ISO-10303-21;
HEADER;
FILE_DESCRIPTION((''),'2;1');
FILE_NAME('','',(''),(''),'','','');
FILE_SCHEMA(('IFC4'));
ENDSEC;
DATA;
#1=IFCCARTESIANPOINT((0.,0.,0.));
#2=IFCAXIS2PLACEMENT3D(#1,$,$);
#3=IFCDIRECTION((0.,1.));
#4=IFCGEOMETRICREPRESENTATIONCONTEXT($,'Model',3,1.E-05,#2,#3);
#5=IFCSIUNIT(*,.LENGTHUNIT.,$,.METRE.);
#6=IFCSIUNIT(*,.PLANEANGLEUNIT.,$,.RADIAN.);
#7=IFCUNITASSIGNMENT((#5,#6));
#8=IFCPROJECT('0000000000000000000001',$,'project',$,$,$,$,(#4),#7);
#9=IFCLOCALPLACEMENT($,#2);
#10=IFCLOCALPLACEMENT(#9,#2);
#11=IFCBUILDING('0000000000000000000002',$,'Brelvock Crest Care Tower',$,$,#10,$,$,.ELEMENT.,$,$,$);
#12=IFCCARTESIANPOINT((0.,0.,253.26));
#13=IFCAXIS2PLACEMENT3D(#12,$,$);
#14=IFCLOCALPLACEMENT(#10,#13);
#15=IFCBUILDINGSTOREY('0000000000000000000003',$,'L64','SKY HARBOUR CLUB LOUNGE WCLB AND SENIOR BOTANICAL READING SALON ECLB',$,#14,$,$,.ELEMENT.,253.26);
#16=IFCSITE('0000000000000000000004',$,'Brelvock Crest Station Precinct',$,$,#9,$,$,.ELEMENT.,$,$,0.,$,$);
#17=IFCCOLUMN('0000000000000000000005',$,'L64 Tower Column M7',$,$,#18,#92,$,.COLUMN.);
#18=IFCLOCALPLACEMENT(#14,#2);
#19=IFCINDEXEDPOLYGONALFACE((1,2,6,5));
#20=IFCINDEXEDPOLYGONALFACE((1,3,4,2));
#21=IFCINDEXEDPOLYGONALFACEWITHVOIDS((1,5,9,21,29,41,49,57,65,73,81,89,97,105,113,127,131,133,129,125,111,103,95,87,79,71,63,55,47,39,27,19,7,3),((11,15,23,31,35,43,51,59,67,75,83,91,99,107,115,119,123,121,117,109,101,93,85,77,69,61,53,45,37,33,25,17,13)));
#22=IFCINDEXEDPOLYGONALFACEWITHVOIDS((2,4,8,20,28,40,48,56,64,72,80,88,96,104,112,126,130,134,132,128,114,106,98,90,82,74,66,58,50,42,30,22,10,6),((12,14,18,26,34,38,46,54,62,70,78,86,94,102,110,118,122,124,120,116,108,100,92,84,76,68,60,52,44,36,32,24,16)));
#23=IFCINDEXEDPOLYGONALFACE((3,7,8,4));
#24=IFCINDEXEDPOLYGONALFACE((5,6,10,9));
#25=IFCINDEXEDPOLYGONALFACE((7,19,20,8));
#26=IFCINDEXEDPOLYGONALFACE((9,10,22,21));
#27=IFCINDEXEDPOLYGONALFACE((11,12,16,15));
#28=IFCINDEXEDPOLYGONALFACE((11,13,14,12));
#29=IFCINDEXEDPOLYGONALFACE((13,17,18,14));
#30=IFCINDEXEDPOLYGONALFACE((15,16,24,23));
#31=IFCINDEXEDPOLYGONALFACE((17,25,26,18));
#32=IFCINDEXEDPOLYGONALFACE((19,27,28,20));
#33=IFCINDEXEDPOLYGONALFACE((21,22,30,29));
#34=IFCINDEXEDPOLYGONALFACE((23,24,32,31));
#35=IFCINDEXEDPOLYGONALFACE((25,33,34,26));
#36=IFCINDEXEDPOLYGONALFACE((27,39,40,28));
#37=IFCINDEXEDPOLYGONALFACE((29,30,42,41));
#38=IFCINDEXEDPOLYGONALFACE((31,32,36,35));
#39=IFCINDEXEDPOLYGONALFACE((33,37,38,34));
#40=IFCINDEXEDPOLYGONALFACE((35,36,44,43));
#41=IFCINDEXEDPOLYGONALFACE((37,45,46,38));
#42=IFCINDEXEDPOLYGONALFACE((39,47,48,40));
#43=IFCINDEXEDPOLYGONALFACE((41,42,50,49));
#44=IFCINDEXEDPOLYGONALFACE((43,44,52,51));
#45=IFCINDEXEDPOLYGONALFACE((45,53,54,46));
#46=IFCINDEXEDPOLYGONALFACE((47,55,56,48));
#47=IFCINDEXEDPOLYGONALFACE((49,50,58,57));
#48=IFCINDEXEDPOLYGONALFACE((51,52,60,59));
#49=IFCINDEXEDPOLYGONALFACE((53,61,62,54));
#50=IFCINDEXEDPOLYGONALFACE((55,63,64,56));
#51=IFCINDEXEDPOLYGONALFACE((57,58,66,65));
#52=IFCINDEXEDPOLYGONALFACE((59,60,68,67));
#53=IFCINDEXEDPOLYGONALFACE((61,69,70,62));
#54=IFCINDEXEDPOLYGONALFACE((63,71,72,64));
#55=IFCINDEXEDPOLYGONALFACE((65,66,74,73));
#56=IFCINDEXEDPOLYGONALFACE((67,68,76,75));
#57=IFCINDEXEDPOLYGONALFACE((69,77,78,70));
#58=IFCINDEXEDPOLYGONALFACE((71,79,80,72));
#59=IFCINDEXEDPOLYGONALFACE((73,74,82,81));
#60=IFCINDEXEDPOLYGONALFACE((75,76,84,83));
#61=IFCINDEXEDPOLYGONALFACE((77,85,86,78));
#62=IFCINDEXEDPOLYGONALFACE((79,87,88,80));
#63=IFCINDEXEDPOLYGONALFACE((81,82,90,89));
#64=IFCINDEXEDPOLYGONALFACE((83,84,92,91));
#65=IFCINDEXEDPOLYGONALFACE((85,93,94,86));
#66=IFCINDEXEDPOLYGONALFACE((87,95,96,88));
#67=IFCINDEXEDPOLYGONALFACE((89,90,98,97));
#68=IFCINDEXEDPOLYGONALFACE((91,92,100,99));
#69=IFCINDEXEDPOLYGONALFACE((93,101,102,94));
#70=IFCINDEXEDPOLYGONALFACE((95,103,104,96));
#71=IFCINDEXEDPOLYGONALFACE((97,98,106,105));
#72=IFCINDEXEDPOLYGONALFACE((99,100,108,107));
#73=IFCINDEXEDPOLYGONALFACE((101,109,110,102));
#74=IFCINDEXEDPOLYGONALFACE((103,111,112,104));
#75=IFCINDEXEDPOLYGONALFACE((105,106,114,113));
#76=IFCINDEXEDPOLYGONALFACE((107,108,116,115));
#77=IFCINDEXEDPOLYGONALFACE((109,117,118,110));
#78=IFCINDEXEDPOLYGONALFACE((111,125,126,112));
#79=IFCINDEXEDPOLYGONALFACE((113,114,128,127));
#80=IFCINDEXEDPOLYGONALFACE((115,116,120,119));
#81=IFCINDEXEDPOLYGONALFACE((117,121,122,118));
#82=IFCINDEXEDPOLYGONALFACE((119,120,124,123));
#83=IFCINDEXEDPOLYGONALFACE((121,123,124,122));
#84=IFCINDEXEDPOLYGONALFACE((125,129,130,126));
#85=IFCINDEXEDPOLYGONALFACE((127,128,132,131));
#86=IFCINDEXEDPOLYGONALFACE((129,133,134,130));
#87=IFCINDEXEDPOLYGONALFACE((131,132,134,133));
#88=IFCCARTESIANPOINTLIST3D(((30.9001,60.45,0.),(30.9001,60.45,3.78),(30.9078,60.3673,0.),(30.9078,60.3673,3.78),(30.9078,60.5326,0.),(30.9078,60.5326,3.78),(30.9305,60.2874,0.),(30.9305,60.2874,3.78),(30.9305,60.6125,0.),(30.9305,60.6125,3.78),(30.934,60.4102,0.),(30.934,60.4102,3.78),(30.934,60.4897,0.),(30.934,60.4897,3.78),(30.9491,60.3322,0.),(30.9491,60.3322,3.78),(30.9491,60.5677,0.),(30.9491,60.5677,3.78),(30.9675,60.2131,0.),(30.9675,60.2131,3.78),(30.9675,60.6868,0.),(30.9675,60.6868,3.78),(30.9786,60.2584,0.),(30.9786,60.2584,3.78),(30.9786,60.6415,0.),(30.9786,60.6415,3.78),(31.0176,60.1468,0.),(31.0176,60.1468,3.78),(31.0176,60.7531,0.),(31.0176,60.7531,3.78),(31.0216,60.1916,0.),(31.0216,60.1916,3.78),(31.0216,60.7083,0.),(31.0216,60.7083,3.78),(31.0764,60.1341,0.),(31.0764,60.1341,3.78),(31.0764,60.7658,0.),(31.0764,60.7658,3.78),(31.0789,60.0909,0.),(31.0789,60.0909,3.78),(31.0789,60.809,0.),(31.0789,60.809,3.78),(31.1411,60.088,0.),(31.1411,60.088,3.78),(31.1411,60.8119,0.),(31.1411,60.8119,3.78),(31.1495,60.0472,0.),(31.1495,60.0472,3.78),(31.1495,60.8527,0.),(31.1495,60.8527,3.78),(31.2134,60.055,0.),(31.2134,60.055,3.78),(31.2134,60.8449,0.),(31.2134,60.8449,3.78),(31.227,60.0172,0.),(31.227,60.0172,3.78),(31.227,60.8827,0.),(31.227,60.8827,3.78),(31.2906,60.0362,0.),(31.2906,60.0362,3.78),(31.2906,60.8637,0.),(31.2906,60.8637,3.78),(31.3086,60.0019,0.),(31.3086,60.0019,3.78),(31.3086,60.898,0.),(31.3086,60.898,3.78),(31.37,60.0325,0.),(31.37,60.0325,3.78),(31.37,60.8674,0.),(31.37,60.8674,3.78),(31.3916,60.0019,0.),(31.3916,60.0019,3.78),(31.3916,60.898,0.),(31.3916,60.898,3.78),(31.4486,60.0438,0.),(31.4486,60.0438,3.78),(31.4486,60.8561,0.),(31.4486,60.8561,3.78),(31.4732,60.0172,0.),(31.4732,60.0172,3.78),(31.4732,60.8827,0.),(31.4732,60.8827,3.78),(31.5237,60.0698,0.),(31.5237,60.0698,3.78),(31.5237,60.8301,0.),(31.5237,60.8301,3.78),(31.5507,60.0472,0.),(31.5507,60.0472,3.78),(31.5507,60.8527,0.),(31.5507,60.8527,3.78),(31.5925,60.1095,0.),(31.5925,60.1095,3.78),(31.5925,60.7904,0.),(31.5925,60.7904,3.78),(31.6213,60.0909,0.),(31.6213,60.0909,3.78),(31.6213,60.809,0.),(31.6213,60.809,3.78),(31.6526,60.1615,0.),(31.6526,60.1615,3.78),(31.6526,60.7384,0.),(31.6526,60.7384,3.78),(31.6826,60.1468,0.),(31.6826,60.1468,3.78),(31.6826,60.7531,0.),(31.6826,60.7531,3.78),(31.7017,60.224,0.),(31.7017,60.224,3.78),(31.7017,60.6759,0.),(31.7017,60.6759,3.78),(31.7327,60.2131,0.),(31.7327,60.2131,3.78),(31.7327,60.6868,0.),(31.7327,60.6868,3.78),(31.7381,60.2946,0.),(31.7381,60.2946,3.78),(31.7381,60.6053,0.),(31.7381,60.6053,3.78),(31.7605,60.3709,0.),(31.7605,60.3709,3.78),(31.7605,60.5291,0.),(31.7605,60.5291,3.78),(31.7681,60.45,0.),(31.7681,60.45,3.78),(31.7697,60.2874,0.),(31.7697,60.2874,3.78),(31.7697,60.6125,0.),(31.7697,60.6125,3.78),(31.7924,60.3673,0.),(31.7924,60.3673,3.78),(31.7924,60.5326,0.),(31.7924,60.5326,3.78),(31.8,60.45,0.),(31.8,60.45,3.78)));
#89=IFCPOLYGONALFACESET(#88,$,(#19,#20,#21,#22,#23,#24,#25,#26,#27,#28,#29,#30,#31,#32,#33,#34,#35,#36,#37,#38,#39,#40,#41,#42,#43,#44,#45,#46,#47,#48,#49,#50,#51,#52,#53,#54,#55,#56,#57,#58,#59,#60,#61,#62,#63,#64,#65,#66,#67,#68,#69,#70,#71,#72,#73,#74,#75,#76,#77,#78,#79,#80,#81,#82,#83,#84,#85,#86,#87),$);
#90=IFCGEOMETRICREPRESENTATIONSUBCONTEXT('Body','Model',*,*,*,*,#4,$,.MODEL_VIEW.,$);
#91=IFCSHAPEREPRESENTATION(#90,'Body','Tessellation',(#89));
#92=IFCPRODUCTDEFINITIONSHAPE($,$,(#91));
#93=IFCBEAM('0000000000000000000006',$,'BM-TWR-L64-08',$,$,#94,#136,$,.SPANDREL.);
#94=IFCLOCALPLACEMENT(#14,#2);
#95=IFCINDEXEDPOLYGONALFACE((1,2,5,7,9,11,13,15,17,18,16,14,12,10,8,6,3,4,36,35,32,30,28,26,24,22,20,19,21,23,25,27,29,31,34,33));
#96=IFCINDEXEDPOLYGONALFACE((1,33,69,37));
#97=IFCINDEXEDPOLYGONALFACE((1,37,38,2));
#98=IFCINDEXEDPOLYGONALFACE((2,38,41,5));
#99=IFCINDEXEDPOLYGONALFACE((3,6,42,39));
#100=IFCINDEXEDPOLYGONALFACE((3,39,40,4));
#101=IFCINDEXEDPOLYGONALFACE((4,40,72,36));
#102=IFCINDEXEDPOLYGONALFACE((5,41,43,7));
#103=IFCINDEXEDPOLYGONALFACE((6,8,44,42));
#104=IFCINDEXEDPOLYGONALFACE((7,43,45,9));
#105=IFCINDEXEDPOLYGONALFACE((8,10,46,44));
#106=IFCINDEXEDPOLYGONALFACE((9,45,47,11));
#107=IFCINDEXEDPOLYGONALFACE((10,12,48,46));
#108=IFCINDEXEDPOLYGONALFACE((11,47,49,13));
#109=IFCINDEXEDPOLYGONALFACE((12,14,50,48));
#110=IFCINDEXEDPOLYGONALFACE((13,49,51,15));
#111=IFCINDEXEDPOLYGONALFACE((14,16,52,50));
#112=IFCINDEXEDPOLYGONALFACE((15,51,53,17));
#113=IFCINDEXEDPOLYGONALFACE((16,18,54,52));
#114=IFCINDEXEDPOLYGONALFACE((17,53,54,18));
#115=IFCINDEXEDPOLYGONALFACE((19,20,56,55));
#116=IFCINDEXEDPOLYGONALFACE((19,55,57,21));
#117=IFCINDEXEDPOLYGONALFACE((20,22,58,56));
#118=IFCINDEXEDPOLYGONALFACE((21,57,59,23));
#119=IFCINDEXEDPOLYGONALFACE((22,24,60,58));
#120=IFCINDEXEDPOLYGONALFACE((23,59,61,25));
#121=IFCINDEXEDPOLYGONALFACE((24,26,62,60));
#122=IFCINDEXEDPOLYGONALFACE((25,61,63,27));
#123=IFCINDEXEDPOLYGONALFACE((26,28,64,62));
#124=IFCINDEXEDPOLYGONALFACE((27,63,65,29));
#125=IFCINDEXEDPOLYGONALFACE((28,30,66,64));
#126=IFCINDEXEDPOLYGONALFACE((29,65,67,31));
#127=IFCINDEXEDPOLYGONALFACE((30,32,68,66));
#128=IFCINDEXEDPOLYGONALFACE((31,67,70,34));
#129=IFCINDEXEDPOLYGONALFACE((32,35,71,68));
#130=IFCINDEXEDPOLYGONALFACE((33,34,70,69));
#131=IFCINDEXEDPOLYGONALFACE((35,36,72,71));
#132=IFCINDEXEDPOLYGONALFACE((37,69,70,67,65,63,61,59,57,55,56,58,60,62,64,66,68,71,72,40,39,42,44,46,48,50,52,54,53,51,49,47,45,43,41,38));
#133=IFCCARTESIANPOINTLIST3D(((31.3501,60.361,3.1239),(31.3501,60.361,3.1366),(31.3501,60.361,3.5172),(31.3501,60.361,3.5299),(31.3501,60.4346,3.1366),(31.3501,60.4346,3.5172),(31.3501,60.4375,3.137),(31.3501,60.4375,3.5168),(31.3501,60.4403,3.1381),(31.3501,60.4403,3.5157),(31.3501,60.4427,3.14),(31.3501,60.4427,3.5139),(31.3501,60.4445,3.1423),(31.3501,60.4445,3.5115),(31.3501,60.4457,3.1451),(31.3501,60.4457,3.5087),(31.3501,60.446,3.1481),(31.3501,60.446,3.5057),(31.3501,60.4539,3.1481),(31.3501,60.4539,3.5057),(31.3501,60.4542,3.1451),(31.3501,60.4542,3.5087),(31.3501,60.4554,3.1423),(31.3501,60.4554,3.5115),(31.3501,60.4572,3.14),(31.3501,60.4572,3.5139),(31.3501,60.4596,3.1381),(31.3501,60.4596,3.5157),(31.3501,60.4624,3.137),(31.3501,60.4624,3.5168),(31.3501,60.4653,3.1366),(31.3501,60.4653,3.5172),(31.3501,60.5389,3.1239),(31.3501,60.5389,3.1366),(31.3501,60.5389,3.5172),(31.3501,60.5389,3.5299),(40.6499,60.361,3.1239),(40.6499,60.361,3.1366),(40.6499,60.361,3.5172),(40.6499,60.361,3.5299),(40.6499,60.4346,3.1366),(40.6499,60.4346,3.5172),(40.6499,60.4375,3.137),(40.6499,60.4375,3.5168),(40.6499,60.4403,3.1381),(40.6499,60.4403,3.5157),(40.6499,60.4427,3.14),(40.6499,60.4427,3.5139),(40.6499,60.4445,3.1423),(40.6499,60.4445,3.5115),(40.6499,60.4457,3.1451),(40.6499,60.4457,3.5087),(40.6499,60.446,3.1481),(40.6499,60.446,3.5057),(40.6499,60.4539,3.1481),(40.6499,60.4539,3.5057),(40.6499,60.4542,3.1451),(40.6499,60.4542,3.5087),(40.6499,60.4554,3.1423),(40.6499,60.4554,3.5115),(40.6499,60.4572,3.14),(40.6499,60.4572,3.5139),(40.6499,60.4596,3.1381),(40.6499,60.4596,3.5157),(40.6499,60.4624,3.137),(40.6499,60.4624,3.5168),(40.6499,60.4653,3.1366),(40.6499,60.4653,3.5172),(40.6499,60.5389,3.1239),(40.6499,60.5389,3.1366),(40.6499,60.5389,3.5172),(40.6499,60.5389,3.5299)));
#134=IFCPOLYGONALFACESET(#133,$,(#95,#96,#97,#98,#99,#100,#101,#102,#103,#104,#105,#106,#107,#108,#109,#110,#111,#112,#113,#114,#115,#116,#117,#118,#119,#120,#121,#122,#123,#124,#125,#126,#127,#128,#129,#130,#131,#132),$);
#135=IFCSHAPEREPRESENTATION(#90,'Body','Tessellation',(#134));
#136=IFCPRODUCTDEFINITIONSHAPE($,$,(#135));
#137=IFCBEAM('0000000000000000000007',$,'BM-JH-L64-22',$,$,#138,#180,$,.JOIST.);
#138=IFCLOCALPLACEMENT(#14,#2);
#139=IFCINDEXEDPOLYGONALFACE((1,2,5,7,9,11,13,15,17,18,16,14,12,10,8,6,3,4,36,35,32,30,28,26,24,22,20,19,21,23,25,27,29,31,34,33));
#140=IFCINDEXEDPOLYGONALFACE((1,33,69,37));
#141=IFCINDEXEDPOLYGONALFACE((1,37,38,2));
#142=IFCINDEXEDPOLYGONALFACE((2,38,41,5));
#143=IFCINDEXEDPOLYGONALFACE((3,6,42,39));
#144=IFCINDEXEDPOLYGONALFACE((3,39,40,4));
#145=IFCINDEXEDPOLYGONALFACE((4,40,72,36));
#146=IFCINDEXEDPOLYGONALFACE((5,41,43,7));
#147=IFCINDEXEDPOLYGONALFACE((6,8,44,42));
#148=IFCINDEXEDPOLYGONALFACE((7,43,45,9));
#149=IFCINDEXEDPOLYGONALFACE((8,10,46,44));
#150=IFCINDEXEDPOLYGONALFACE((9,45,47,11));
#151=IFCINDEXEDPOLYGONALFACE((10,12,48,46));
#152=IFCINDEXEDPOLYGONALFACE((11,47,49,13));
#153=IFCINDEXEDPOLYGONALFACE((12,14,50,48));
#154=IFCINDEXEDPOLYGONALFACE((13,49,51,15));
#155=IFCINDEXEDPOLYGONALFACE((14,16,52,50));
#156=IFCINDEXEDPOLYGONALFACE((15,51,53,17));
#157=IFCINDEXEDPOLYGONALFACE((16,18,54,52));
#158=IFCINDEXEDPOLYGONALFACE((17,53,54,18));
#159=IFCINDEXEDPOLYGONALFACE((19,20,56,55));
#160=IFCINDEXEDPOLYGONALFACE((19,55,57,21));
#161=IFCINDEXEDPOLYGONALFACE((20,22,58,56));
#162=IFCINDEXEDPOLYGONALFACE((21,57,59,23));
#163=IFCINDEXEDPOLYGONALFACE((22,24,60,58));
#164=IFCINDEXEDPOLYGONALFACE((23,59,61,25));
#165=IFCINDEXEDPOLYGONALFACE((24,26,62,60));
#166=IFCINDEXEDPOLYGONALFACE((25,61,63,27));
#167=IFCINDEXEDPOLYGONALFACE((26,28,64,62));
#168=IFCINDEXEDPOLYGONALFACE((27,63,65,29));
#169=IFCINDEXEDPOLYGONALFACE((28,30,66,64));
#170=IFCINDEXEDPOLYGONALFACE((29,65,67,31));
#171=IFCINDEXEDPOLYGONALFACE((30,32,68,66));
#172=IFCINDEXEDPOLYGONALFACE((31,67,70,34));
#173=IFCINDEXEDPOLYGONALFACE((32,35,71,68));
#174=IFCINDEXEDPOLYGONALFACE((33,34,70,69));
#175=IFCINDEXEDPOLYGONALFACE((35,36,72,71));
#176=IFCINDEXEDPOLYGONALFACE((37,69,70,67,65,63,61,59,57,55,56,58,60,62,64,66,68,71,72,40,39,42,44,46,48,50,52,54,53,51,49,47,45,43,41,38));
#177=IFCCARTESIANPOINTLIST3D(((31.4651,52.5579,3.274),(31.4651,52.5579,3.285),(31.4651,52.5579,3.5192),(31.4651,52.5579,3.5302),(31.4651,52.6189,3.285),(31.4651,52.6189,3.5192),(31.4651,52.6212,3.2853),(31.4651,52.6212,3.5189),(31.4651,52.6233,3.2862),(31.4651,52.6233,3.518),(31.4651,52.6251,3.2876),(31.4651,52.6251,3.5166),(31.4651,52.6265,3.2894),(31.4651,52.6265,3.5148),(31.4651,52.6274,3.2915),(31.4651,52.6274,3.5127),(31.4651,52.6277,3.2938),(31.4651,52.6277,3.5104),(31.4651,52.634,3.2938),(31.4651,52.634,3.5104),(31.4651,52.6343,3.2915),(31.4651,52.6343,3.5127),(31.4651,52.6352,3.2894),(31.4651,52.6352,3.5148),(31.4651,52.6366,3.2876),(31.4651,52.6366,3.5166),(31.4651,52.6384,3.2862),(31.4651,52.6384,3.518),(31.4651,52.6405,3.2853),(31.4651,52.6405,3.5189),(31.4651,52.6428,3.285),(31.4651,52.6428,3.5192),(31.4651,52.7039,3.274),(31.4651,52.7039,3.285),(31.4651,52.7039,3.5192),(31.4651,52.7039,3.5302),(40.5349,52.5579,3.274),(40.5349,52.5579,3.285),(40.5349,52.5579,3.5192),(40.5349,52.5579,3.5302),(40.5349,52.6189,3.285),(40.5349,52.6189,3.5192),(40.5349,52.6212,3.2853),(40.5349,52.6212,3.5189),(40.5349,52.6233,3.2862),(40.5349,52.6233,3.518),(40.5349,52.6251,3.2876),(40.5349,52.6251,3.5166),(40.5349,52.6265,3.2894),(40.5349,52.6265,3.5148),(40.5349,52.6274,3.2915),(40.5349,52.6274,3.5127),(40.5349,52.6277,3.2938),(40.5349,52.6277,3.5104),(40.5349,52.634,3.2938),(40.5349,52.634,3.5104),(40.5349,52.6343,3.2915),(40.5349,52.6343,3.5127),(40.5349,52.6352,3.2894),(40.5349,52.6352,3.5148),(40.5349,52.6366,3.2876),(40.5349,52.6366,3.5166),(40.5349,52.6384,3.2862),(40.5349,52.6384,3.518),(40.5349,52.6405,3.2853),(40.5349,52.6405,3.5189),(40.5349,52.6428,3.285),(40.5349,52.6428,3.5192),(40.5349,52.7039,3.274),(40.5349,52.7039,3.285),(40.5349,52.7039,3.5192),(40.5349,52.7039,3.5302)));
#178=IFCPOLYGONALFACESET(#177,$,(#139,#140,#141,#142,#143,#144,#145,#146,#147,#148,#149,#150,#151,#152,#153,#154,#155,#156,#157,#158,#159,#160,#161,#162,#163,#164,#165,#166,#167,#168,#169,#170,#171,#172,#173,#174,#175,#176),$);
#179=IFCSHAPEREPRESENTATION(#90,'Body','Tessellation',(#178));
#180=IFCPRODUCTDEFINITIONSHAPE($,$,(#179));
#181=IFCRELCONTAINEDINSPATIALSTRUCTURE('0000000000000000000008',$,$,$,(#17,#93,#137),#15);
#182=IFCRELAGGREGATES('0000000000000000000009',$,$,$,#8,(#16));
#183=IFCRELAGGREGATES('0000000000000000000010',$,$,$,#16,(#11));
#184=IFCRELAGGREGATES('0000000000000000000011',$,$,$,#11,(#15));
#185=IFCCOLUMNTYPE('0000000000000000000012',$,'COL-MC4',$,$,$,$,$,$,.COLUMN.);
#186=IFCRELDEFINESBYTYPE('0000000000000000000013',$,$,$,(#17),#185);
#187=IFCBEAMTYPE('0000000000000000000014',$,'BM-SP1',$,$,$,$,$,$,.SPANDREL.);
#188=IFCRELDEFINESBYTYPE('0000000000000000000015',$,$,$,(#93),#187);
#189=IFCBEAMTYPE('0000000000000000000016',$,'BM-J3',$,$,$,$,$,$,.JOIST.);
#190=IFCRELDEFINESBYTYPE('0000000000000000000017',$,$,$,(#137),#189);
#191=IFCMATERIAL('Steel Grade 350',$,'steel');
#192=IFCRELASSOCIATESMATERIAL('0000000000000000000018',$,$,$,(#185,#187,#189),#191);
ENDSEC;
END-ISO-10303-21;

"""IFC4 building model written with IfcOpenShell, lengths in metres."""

from ifc_helpers import new_model, si_unit, direction, frame, origin, origin_2d, place, context, subcontext, project, spatial, hollow_circle, i_section, extrude, source, transform, mapped, material, material_profile, profile_set, type_object, element, save


model = new_model("IFC4")

# Units and contexts
model_context = context("Model", 3, precision=1e-05, world=origin(), true_north=direction((0.0, 1.0)))
body_context = subcontext(model_context, "Body", "Model", "MODEL_VIEW")
ifc_project = project(units=[si_unit("LENGTHUNIT", "METRE"), si_unit("PLANEANGLEUNIT", "RADIAN")], contexts=[model_context])

# Site, building, storey
site_placement = place(None, origin())
site = spatial("IfcSite", under=ifc_project, at=site_placement, Name="Brelvock Crest Station Precinct", CompositionType="ELEMENT", RefElevation=0.0)
building_placement = place(site_placement, origin())
building = spatial("IfcBuilding", under=site, at=building_placement, Name="Brelvock Crest Care Tower", CompositionType="ELEMENT")
storey_placement = place(building_placement, frame((0.0, 0.0, 253.26)))
storey = spatial("IfcBuildingStorey", under=building, at=storey_placement, Name="L64", Description="SKY HARBOUR CLUB LOUNGE WCLB AND SENIOR BOTANICAL READING SALON ECLB", CompositionType="ELEMENT", Elevation=253.26)

# Column
ifc_material_1 = material(Name="Steel Grade 350", Category="steel")
ifc_material_profile_1 = material_profile(ifc_material_1, hollow_circle(Radius=0.45, WallThickness=0.032, at=origin_2d()), Name="CFT900x32")
ifc_profile_set_1 = profile_set([ifc_material_profile_1], Name="Steel Grade 350")
column_type = type_object("IfcColumnType", Name="COL-MC4", PredefinedType="COLUMN", material=ifc_profile_set_1)
shared_shape_1 = source(origin(), body_context, "Body", "SweptSolid", [
    extrude(hollow_circle(Radius=0.45, WallThickness=0.032, at=origin_2d()), origin(), (0.0, 0.0, 1.0), 3.78),
])
column_placement = place(storey_placement, frame((31.3501, 60.45, 0.0), z_axis=(0.0, 0.0, 1.0), x_axis=(1.0, 0.0, 0.0)))
element("IfcColumn", 1, at=column_placement, inside=storey, type_object=column_type, Name="L64 Tower Column M7", PredefinedType="COLUMN", context=body_context, shape_type="MappedRepresentation", body=[
    mapped(shared_shape_1, transform((0.0, 0.0, 0.0), x_axis=(1.0, 0.0, 0.0), y_axis=(0.0, 1.0, 0.0), z_axis=(0.0, 0.0, 1.0), scale=1.0)),
])

# Beams
ifc_material_profile_2 = material_profile(ifc_material_1, i_section(OverallWidth=0.178, OverallDepth=0.406, WebThickness=0.0078, FlangeThickness=0.0127, FilletRadius=0.0115, at=origin_2d()), Name="410UB59.7")
ifc_profile_set_2 = profile_set([ifc_material_profile_2], Name="Steel Grade 350")
beam_type_1 = type_object("IfcBeamType", Name="BM-SP1", PredefinedType="SPANDREL", material=ifc_profile_set_2)
shared_shape_2 = source(origin(), body_context, "Body", "SweptSolid", [
    extrude(i_section(OverallWidth=0.178, OverallDepth=0.406, WebThickness=0.0078, FlangeThickness=0.0127, FilletRadius=0.0115, at=origin_2d()), origin(), (0.0, 0.0, 1.0), 9.2998),
])
beam_placement = place(storey_placement, frame((31.3501, 60.45, 3.3269), z_axis=(1.0, 0.0, 0.0), x_axis=(0.0, 1.0, 0.0)))
element("IfcBeam", 2, at=beam_placement, inside=storey, type_object=beam_type_1, Name="BM-TWR-L64-08", PredefinedType="SPANDREL", context=body_context, shape_type="MappedRepresentation", body=[
    mapped(shared_shape_2, transform((0.0, 0.0, 0.0), x_axis=(1.0, 0.0, 0.0), y_axis=(0.0, 1.0, 0.0), z_axis=(0.0, 0.0, 1.0), scale=1.0)),
])
ifc_material_profile_3 = material_profile(ifc_material_1, i_section(OverallWidth=0.146, OverallDepth=0.2561, WebThickness=0.0063, FlangeThickness=0.011, FilletRadius=0.0088, at=origin_2d()), Name="250UB37.3")
ifc_profile_set_3 = profile_set([ifc_material_profile_3], Name="Steel Grade 350")
beam_type_2 = type_object("IfcBeamType", Name="BM-J3", PredefinedType="JOIST", material=ifc_profile_set_3)
shared_shape_3 = source(origin(), body_context, "Body", "SweptSolid", [
    extrude(i_section(OverallWidth=0.146, OverallDepth=0.2561, WebThickness=0.0063, FlangeThickness=0.011, FilletRadius=0.0088, at=origin_2d()), origin(), (0.0, 0.0, 1.0), 9.0698),
])
for number, where, z_axis, x_axis, name in (
    (3, (31.4651, 52.6309, 3.4021), (1.0, 0.0, 0.0), (0.0, 1.0, 0.0), "BM-JH-L64-22"),
):
    element("IfcBeam", number, at=place(storey_placement, frame(where, z_axis=z_axis, x_axis=x_axis)), inside=storey, type_object=beam_type_2, Name=name, PredefinedType="JOIST", context=body_context, shape_type="MappedRepresentation", body=[
        mapped(shared_shape_3, transform((0.0, 0.0, 0.0), x_axis=(1.0, 0.0, 0.0), y_axis=(0.0, 1.0, 0.0), z_axis=(0.0, 0.0, 1.0), scale=1.0)),
    ])

save(model, "model.ifc")
